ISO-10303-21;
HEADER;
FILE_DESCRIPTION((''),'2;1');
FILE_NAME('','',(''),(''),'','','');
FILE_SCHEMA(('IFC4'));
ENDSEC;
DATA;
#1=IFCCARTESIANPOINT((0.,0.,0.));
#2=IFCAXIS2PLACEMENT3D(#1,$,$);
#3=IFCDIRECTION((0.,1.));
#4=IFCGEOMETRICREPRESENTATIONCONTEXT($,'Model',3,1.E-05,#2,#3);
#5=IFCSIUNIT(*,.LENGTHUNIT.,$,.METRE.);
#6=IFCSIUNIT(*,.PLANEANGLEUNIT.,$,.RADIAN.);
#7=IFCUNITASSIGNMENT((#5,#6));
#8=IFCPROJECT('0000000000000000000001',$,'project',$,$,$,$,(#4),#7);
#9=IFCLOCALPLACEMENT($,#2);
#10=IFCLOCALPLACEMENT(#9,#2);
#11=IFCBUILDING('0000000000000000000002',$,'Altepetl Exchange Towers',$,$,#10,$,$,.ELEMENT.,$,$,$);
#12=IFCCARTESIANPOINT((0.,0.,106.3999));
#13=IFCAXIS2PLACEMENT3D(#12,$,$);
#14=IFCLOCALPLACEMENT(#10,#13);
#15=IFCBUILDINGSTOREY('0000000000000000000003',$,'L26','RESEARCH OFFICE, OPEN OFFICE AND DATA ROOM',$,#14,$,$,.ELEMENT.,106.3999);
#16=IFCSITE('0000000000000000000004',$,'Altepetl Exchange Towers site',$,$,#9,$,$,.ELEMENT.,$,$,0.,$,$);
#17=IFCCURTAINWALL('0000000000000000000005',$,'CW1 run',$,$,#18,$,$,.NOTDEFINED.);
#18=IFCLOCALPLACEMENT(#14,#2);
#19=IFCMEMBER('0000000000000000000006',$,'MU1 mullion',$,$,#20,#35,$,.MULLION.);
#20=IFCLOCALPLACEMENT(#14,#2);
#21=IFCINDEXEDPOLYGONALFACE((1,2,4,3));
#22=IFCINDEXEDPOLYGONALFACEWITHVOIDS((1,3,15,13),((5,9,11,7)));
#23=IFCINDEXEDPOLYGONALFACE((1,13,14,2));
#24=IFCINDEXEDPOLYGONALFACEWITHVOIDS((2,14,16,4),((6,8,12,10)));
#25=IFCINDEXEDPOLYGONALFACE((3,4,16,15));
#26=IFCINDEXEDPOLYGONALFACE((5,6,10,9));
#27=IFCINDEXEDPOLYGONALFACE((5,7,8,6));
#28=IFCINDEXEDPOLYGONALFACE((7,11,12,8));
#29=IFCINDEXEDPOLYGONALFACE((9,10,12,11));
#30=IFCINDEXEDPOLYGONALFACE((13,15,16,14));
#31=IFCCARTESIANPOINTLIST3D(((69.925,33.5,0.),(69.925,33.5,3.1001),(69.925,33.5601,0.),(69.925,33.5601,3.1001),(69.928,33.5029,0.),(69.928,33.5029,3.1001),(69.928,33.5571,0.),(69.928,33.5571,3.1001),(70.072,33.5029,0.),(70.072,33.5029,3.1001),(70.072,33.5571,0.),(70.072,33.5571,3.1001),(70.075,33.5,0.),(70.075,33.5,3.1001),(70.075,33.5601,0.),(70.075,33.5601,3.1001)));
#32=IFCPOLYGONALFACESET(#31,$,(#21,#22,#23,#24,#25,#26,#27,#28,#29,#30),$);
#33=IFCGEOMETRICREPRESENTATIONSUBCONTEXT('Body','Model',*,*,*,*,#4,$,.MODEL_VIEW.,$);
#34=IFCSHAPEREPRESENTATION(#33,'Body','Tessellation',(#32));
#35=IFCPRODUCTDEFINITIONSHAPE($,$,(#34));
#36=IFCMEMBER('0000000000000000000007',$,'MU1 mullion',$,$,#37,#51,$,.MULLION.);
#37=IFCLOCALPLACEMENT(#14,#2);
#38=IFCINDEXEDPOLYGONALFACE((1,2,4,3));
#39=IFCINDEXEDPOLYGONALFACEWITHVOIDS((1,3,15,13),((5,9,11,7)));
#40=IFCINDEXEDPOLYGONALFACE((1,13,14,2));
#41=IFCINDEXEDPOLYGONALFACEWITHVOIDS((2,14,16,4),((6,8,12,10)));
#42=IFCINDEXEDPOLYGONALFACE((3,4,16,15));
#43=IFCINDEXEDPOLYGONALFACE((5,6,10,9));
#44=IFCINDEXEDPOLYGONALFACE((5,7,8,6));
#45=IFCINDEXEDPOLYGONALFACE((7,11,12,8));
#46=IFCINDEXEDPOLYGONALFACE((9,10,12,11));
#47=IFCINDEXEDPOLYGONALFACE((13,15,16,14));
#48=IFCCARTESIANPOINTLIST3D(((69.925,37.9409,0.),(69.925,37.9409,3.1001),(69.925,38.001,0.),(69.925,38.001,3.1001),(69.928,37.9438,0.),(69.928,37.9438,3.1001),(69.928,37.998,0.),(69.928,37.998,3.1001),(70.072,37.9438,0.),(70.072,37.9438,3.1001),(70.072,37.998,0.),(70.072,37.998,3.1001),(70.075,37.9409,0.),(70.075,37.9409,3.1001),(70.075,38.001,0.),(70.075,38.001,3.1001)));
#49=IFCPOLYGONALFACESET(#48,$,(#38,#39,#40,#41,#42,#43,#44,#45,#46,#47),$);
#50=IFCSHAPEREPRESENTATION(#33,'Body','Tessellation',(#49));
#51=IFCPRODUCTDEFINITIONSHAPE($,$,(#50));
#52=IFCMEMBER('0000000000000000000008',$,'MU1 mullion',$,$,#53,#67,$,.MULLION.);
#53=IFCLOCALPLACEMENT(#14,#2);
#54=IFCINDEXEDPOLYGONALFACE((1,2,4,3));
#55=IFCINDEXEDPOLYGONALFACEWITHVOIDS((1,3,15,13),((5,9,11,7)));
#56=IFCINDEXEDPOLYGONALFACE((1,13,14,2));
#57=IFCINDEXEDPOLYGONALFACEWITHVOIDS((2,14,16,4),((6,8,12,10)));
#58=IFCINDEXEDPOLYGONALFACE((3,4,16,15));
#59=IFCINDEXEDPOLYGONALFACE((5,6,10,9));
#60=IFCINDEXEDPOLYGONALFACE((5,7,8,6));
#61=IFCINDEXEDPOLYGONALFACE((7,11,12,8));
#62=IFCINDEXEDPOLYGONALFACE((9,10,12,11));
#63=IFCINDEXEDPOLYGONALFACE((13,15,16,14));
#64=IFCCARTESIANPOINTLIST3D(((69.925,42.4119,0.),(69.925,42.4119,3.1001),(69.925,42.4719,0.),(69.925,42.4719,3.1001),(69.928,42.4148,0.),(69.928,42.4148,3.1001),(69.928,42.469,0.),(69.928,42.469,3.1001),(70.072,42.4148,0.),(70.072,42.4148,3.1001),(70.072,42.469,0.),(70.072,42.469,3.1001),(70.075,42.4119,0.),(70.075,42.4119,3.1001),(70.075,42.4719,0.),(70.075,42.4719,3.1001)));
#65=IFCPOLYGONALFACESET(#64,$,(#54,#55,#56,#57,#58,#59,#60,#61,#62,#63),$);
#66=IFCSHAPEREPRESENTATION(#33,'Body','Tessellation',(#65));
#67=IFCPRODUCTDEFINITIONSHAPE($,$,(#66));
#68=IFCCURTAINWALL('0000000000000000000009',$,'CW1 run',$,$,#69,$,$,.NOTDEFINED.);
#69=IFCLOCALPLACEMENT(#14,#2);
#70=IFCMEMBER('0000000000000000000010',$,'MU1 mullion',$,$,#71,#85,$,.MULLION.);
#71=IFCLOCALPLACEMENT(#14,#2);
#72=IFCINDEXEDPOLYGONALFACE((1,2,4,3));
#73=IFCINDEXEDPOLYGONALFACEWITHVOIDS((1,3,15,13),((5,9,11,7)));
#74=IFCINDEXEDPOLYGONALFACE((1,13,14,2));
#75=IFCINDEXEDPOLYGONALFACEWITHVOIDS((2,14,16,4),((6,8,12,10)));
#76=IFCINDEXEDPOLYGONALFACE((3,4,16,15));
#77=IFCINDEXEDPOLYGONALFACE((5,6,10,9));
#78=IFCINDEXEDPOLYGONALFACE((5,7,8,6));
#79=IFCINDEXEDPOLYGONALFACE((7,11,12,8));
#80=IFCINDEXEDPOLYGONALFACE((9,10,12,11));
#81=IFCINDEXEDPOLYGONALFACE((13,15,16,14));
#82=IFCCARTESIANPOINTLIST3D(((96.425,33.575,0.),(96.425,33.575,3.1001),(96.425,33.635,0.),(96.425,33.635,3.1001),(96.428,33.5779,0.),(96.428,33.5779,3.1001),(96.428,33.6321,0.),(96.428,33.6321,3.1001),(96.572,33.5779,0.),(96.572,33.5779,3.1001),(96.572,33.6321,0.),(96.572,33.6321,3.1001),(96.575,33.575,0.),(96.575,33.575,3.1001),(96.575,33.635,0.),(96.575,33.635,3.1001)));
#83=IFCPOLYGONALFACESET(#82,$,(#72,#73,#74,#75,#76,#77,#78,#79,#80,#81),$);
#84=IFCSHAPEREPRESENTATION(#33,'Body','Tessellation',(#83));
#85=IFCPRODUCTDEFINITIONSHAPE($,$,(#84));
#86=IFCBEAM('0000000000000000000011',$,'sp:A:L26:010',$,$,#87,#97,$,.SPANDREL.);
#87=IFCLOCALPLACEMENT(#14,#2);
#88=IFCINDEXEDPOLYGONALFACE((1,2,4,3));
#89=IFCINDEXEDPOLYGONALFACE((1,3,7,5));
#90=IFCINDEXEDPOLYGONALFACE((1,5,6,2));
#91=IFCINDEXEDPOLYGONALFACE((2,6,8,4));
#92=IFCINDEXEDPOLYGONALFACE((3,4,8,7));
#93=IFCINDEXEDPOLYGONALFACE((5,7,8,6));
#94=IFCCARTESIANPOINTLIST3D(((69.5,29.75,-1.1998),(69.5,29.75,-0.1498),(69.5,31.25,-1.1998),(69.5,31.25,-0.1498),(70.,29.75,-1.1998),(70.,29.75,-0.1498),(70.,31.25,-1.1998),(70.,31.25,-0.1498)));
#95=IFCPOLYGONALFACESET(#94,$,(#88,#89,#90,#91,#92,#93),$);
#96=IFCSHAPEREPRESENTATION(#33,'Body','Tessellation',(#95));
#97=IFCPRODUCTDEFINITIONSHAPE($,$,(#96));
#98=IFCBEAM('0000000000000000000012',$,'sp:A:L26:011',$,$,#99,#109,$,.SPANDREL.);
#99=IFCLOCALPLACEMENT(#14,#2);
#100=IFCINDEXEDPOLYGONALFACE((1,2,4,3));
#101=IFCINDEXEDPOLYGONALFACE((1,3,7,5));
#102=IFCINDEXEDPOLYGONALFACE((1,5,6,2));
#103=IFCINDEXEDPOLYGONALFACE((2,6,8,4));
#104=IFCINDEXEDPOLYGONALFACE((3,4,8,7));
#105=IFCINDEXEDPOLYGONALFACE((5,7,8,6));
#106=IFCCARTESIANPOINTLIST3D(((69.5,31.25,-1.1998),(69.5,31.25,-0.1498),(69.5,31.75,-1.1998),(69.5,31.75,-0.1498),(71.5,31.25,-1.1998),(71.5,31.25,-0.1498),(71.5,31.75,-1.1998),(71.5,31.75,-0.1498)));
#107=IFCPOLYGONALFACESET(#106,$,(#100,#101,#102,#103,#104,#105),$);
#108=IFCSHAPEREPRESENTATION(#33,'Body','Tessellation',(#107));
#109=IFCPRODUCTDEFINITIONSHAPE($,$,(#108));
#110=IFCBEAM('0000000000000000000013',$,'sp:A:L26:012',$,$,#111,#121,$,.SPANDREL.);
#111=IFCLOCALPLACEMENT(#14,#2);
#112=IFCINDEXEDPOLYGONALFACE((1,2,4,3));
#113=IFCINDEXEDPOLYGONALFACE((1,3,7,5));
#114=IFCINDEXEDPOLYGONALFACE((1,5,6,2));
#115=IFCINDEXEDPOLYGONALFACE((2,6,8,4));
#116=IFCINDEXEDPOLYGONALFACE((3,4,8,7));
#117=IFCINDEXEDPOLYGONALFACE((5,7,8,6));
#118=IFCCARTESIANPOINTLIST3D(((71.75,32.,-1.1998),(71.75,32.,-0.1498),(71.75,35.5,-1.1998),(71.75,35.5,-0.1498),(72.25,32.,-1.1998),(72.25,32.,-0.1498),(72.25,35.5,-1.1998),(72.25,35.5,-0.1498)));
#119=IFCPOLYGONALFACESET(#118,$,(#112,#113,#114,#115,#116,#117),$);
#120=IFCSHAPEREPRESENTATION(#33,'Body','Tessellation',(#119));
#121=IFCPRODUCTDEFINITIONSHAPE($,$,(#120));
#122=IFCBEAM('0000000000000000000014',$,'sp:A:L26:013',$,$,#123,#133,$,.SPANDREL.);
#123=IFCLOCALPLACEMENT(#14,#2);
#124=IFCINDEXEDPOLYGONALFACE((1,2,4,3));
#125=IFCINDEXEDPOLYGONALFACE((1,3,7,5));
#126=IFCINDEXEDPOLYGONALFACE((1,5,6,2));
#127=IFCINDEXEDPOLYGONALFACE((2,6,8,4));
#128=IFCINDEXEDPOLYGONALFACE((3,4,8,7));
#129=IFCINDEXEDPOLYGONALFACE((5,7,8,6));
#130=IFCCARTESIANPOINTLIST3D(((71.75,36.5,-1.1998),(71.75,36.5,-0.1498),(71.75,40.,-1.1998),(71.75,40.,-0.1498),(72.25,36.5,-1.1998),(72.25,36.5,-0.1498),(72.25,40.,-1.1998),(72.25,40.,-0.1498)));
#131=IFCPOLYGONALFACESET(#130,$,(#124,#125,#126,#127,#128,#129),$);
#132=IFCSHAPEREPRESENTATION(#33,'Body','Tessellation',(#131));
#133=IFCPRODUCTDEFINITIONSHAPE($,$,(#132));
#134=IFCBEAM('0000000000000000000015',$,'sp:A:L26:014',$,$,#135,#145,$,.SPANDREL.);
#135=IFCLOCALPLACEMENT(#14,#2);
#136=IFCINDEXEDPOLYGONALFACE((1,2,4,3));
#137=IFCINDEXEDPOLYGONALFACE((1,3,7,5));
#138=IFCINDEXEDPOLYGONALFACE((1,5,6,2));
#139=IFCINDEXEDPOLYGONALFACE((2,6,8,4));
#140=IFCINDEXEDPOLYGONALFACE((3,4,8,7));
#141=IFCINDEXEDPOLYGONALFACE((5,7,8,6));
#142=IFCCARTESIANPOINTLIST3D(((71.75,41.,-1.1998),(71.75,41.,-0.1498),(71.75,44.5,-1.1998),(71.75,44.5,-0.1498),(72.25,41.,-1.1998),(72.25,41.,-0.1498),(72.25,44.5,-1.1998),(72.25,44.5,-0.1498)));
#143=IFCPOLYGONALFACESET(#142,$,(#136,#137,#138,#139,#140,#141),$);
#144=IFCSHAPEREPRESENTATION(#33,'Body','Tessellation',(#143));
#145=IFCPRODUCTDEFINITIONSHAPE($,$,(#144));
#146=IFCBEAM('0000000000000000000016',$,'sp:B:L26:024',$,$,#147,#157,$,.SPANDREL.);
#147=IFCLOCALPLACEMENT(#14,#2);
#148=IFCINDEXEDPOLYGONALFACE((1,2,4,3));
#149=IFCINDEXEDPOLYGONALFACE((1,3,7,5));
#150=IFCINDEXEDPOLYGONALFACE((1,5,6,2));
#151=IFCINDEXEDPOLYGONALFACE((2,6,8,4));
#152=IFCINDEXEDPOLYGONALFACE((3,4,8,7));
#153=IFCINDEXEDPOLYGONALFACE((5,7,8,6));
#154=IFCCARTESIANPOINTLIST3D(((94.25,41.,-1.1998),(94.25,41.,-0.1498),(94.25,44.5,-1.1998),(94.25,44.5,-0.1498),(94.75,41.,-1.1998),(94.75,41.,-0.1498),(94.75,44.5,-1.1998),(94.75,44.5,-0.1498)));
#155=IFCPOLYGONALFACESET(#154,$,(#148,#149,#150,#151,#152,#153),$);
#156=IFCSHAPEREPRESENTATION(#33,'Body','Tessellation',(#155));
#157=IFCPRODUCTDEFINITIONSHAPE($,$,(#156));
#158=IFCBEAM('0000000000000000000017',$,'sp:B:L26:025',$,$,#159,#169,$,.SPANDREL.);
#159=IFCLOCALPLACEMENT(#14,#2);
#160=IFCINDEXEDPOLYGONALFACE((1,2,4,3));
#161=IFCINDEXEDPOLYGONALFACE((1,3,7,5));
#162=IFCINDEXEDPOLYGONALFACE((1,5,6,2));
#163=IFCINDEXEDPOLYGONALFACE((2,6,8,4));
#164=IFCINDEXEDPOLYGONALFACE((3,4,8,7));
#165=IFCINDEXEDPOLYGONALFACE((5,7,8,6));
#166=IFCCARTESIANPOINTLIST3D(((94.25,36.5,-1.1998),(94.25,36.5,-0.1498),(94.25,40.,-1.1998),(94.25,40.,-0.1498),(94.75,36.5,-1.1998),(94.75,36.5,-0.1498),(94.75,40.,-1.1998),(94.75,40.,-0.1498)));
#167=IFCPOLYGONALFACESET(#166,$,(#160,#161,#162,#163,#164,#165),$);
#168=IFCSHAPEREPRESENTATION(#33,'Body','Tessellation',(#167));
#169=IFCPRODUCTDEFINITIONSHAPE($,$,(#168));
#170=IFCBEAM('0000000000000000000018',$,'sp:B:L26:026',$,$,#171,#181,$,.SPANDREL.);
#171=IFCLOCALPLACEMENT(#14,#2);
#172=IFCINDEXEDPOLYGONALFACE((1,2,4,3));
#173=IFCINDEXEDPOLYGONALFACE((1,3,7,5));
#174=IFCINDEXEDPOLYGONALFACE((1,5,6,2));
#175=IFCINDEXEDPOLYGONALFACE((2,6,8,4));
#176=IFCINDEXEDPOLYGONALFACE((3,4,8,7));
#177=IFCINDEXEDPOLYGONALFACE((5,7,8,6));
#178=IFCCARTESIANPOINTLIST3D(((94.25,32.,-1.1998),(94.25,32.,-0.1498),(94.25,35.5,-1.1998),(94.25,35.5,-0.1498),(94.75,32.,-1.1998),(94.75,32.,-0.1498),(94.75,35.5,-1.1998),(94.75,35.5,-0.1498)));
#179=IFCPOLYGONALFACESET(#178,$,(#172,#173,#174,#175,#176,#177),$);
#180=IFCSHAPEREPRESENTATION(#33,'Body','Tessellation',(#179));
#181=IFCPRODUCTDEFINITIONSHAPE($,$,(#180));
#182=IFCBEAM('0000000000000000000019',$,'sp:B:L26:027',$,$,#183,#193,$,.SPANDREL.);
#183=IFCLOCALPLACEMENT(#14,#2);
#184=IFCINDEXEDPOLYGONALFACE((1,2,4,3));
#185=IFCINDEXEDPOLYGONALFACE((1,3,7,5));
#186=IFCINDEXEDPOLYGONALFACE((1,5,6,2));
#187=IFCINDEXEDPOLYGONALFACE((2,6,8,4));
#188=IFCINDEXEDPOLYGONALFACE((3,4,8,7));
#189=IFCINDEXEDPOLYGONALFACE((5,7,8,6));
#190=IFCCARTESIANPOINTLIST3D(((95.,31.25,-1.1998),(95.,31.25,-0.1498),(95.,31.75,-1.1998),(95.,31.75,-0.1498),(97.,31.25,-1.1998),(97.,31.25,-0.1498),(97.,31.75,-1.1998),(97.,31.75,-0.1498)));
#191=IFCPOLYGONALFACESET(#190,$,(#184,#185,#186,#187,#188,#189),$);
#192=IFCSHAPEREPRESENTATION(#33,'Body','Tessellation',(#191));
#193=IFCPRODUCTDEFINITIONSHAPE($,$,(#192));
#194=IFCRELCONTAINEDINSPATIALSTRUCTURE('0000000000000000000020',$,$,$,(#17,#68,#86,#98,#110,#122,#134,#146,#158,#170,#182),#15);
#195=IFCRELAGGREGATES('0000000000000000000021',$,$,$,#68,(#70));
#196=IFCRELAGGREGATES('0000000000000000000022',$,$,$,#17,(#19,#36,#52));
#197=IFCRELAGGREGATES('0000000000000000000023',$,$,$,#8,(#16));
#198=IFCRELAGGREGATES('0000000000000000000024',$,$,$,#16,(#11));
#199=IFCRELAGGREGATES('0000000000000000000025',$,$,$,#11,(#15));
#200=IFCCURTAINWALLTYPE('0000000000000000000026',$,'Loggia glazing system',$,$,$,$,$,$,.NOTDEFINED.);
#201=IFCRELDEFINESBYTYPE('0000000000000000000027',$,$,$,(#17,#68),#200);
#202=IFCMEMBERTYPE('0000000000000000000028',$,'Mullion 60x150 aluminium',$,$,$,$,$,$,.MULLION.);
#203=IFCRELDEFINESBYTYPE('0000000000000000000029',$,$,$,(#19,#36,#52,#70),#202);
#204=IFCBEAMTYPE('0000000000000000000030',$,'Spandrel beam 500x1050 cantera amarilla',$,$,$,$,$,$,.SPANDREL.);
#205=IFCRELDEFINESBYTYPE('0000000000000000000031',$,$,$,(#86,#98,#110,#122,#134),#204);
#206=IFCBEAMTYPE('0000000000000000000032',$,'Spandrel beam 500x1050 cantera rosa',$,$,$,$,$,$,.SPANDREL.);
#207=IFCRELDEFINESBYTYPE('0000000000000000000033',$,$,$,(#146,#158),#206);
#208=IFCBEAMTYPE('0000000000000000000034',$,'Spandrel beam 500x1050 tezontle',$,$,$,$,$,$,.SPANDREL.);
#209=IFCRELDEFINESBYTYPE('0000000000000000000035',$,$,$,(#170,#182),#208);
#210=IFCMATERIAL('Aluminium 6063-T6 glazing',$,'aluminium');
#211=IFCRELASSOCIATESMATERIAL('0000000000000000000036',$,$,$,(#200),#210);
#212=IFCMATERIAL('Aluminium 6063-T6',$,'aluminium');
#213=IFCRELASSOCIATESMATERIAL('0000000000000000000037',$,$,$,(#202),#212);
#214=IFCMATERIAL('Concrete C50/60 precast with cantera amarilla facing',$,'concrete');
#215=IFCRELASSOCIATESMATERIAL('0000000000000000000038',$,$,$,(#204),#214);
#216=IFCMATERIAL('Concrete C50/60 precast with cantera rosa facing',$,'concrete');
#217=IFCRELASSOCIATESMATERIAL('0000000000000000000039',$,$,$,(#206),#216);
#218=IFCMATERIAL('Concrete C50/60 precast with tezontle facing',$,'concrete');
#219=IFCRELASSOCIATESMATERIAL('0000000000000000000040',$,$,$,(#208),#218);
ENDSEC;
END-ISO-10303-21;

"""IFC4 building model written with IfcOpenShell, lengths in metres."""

from ifc_helpers import new_model, si_unit, direction, frame, origin, origin_2d, place, context, subcontext, project, spatial, rectangle, hollow_rectangle, extrude, material, material_profile, profile_set, type_object, element, aggregate, save


model = new_model("IFC4")

# Units and contexts
model_context = context("Model", 3, precision=1e-05, world=origin(), true_north=direction((0.0, 1.0)))
body_context = subcontext(model_context, "Body", "Model", "MODEL_VIEW")
ifc_project = project(units=[si_unit("LENGTHUNIT", "METRE"), si_unit("PLANEANGLEUNIT", "RADIAN")], contexts=[model_context])

# Site, building, storey
site_placement = place(None, origin())
site = spatial("IfcSite", under=ifc_project, at=site_placement, Name="Altepetl Exchange Towers site", CompositionType="ELEMENT", RefElevation=0.0)
building_placement = place(site_placement, origin())
building = spatial("IfcBuilding", under=site, at=building_placement, Name="Altepetl Exchange Towers", CompositionType="ELEMENT")
storey_placement = place(building_placement, frame((0.0, 0.0, 106.3999)))
storey = spatial("IfcBuildingStorey", under=building, at=storey_placement, Name="L26", Description="RESEARCH OFFICE, OPEN OFFICE AND DATA ROOM", CompositionType="ELEMENT", Elevation=106.3999)

# Curtain wall, members
ifc_material_1 = material(Name="Aluminium 6063-T6 glazing", Category="aluminium")
curtain_wall_type = type_object("IfcCurtainWallType", Name="Loggia glazing system", PredefinedType="NOTDEFINED", material=ifc_material_1)
ifc_material_2 = material(Name="Aluminium 6063-T6", Category="aluminium")
ifc_material_profile_1 = material_profile(ifc_material_2, hollow_rectangle(XDim=0.0601, YDim=0.1499, WallThickness=0.0029, at=origin_2d()), Name="Mullion 60x150 aluminium")
ifc_profile_set_1 = profile_set([ifc_material_profile_1], Name="Aluminium 6063-T6")
member_type = type_object("IfcMemberType", Name="Mullion 60x150 aluminium", PredefinedType="MULLION", material=ifc_profile_set_1)
curtain_wall_1_placement = place(storey_placement, origin())
curtain_wall_1 = element("IfcCurtainWall", 1, at=curtain_wall_1_placement, inside=storey, type_object=curtain_wall_type, Name="CW1 run", PredefinedType="NOTDEFINED")
member_1_placement = place(storey_placement, frame((70.0, 33.53, 0.0), z_axis=(0.0, 0.0, 1.0), x_axis=(0.0, 1.0, 0.0)))
member_1 = element("IfcMember", 2, at=member_1_placement, type_object=member_type, Name="MU1 mullion", PredefinedType="MULLION", context=body_context, shape_type="SweptSolid", body=[
    extrude(hollow_rectangle(XDim=0.0601, YDim=0.1499, WallThickness=0.0029, at=origin_2d()), origin(), (0.0, 0.0, 1.0), 3.1001),
])
member_2_placement = place(storey_placement, frame((70.0, 37.9709, 0.0), z_axis=(0.0, 0.0, 1.0), x_axis=(0.0, 1.0, 0.0)))
member_2 = element("IfcMember", 3, at=member_2_placement, type_object=member_type, Name="MU1 mullion", PredefinedType="MULLION", context=body_context, shape_type="SweptSolid", body=[
    extrude(hollow_rectangle(XDim=0.0601, YDim=0.1499, WallThickness=0.0029, at=origin_2d()), origin(), (0.0, 0.0, 1.0), 3.1001),
])
member_3_placement = place(storey_placement, frame((70.0, 42.4419, 0.0), z_axis=(0.0, 0.0, 1.0), x_axis=(0.0, 1.0, 0.0)))
member_3 = element("IfcMember", 4, at=member_3_placement, type_object=member_type, Name="MU1 mullion", PredefinedType="MULLION", context=body_context, shape_type="SweptSolid", body=[
    extrude(hollow_rectangle(XDim=0.0601, YDim=0.1499, WallThickness=0.0029, at=origin_2d()), origin(), (0.0, 0.0, 1.0), 3.1001),
])

# Curtain wall, member
curtain_wall_2_placement = place(storey_placement, origin())
curtain_wall_2 = element("IfcCurtainWall", 5, at=curtain_wall_2_placement, inside=storey, type_object=curtain_wall_type, Name="CW1 run", PredefinedType="NOTDEFINED")
member_4_placement = place(storey_placement, frame((96.5, 33.605, 0.0), z_axis=(0.0, 0.0, 1.0), x_axis=(0.0, -1.0, 0.0)))
member_4 = element("IfcMember", 6, at=member_4_placement, type_object=member_type, Name="MU1 mullion", PredefinedType="MULLION", context=body_context, shape_type="SweptSolid", body=[
    extrude(hollow_rectangle(XDim=0.0601, YDim=0.1499, WallThickness=0.0029, at=origin_2d()), origin(), (0.0, 0.0, 1.0), 3.1001),
])
aggregate(curtain_wall_2, [member_4])

# Beams
ifc_material_3 = material(Name="Concrete C50/60 precast with cantera amarilla facing", Category="concrete")
ifc_material_profile_2 = material_profile(ifc_material_3, rectangle(XDim=0.5, YDim=1.05, at=origin_2d()), Name="500 x 1050")
ifc_profile_set_2 = profile_set([ifc_material_profile_2], Name="Concrete C50/60 precast with cantera amarilla facing")
beam_type_1 = type_object("IfcBeamType", Name="Spandrel beam 500x1050 cantera amarilla", PredefinedType="SPANDREL", material=ifc_profile_set_2)
beam_1_placement = place(storey_placement, frame((69.75, 29.75, -0.6748), z_axis=(0.0, 1.0, 0.0), x_axis=(-1.0, 0.0, 0.0)))
element("IfcBeam", 7, at=beam_1_placement, inside=storey, type_object=beam_type_1, Name="sp:A:L26:010", PredefinedType="SPANDREL", context=body_context, shape_type="SweptSolid", body=[
    extrude(rectangle(XDim=0.5, YDim=1.05, at=origin_2d()), origin(), (0.0, 0.0, 1.0), 1.5),
])
beam_2_placement = place(storey_placement, frame((69.5, 31.5, -0.6748), z_axis=(1.0, 0.0, 0.0), x_axis=(0.0, 1.0, 0.0)))
element("IfcBeam", 8, at=beam_2_placement, inside=storey, type_object=beam_type_1, Name="sp:A:L26:011", PredefinedType="SPANDREL", context=body_context, shape_type="SweptSolid", body=[
    extrude(rectangle(XDim=0.5, YDim=1.05, at=origin_2d()), origin(), (0.0, 0.0, 1.0), 2.0),
])
for number, where, z_axis, x_axis, name in (
    (9, (72.0, 32.0, -0.6748), (0.0, 1.0, 0.0), (-1.0, 0.0, 0.0), "sp:A:L26:012"),
    (10, (72.0, 36.5, -0.6748), (0.0, 1.0, 0.0), (-1.0, 0.0, 0.0), "sp:A:L26:013"),
    (11, (72.0, 41.0, -0.6748), (0.0, 1.0, 0.0), (-1.0, 0.0, 0.0), "sp:A:L26:014"),
):
    element("IfcBeam", number, at=place(storey_placement, frame(where, z_axis=z_axis, x_axis=x_axis)), inside=storey, type_object=beam_type_1, Name=name, PredefinedType="SPANDREL", context=body_context, shape_type="SweptSolid", body=[
        extrude(rectangle(XDim=0.5, YDim=1.05, at=origin_2d()), origin(), (0.0, 0.0, 1.0), 3.5),
    ])
ifc_material_4 = material(Name="Concrete C50/60 precast with cantera rosa facing", Category="concrete")
ifc_material_profile_3 = material_profile(ifc_material_4, rectangle(XDim=0.5, YDim=1.05, at=origin_2d()), Name="500 x 1050")
ifc_profile_set_3 = profile_set([ifc_material_profile_3], Name="Concrete C50/60 precast with cantera rosa facing")
beam_type_2 = type_object("IfcBeamType", Name="Spandrel beam 500x1050 cantera rosa", PredefinedType="SPANDREL", material=ifc_profile_set_3)
for number, where, z_axis, x_axis, name in (
    (12, (94.5, 44.5, -0.6748), (0.0, -1.0, 0.0), (1.0, 0.0, 0.0), "sp:B:L26:024"),
    (13, (94.5, 40.0, -0.6748), (0.0, -1.0, 0.0), (1.0, 0.0, 0.0), "sp:B:L26:025"),
):
    element("IfcBeam", number, at=place(storey_placement, frame(where, z_axis=z_axis, x_axis=x_axis)), inside=storey, type_object=beam_type_2, Name=name, PredefinedType="SPANDREL", context=body_context, shape_type="SweptSolid", body=[
        extrude(rectangle(XDim=0.5, YDim=1.05, at=origin_2d()), origin(), (0.0, 0.0, 1.0), 3.5),
    ])
ifc_material_5 = material(Name="Concrete C50/60 precast with tezontle facing", Category="concrete")
ifc_material_profile_4 = material_profile(ifc_material_5, rectangle(XDim=0.5, YDim=1.05, at=origin_2d()), Name="500 x 1050")
ifc_profile_set_4 = profile_set([ifc_material_profile_4], Name="Concrete C50/60 precast with tezontle facing")
beam_type_3 = type_object("IfcBeamType", Name="Spandrel beam 500x1050 tezontle", PredefinedType="SPANDREL", material=ifc_profile_set_4)
beam_3_placement = place(storey_placement, frame((94.5, 35.5, -0.6748), z_axis=(0.0, -1.0, 0.0), x_axis=(1.0, 0.0, 0.0)))
element("IfcBeam", 14, at=beam_3_placement, inside=storey, type_object=beam_type_3, Name="sp:B:L26:026", PredefinedType="SPANDREL", context=body_context, shape_type="SweptSolid", body=[
    extrude(rectangle(XDim=0.5, YDim=1.05, at=origin_2d()), origin(), (0.0, 0.0, 1.0), 3.5),
])
beam_4_placement = place(storey_placement, frame((95.0, 31.5, -0.6748), z_axis=(1.0, 0.0, 0.0), x_axis=(0.0, 1.0, 0.0)))
element("IfcBeam", 15, at=beam_4_placement, inside=storey, type_object=beam_type_3, Name="sp:B:L26:027", PredefinedType="SPANDREL", context=body_context, shape_type="SweptSolid", body=[
    extrude(rectangle(XDim=0.5, YDim=1.05, at=origin_2d()), origin(), (0.0, 0.0, 1.0), 2.0),
])

aggregate(curtain_wall_1, [member_1, member_2, member_3])

save(model, "model.ifc")
